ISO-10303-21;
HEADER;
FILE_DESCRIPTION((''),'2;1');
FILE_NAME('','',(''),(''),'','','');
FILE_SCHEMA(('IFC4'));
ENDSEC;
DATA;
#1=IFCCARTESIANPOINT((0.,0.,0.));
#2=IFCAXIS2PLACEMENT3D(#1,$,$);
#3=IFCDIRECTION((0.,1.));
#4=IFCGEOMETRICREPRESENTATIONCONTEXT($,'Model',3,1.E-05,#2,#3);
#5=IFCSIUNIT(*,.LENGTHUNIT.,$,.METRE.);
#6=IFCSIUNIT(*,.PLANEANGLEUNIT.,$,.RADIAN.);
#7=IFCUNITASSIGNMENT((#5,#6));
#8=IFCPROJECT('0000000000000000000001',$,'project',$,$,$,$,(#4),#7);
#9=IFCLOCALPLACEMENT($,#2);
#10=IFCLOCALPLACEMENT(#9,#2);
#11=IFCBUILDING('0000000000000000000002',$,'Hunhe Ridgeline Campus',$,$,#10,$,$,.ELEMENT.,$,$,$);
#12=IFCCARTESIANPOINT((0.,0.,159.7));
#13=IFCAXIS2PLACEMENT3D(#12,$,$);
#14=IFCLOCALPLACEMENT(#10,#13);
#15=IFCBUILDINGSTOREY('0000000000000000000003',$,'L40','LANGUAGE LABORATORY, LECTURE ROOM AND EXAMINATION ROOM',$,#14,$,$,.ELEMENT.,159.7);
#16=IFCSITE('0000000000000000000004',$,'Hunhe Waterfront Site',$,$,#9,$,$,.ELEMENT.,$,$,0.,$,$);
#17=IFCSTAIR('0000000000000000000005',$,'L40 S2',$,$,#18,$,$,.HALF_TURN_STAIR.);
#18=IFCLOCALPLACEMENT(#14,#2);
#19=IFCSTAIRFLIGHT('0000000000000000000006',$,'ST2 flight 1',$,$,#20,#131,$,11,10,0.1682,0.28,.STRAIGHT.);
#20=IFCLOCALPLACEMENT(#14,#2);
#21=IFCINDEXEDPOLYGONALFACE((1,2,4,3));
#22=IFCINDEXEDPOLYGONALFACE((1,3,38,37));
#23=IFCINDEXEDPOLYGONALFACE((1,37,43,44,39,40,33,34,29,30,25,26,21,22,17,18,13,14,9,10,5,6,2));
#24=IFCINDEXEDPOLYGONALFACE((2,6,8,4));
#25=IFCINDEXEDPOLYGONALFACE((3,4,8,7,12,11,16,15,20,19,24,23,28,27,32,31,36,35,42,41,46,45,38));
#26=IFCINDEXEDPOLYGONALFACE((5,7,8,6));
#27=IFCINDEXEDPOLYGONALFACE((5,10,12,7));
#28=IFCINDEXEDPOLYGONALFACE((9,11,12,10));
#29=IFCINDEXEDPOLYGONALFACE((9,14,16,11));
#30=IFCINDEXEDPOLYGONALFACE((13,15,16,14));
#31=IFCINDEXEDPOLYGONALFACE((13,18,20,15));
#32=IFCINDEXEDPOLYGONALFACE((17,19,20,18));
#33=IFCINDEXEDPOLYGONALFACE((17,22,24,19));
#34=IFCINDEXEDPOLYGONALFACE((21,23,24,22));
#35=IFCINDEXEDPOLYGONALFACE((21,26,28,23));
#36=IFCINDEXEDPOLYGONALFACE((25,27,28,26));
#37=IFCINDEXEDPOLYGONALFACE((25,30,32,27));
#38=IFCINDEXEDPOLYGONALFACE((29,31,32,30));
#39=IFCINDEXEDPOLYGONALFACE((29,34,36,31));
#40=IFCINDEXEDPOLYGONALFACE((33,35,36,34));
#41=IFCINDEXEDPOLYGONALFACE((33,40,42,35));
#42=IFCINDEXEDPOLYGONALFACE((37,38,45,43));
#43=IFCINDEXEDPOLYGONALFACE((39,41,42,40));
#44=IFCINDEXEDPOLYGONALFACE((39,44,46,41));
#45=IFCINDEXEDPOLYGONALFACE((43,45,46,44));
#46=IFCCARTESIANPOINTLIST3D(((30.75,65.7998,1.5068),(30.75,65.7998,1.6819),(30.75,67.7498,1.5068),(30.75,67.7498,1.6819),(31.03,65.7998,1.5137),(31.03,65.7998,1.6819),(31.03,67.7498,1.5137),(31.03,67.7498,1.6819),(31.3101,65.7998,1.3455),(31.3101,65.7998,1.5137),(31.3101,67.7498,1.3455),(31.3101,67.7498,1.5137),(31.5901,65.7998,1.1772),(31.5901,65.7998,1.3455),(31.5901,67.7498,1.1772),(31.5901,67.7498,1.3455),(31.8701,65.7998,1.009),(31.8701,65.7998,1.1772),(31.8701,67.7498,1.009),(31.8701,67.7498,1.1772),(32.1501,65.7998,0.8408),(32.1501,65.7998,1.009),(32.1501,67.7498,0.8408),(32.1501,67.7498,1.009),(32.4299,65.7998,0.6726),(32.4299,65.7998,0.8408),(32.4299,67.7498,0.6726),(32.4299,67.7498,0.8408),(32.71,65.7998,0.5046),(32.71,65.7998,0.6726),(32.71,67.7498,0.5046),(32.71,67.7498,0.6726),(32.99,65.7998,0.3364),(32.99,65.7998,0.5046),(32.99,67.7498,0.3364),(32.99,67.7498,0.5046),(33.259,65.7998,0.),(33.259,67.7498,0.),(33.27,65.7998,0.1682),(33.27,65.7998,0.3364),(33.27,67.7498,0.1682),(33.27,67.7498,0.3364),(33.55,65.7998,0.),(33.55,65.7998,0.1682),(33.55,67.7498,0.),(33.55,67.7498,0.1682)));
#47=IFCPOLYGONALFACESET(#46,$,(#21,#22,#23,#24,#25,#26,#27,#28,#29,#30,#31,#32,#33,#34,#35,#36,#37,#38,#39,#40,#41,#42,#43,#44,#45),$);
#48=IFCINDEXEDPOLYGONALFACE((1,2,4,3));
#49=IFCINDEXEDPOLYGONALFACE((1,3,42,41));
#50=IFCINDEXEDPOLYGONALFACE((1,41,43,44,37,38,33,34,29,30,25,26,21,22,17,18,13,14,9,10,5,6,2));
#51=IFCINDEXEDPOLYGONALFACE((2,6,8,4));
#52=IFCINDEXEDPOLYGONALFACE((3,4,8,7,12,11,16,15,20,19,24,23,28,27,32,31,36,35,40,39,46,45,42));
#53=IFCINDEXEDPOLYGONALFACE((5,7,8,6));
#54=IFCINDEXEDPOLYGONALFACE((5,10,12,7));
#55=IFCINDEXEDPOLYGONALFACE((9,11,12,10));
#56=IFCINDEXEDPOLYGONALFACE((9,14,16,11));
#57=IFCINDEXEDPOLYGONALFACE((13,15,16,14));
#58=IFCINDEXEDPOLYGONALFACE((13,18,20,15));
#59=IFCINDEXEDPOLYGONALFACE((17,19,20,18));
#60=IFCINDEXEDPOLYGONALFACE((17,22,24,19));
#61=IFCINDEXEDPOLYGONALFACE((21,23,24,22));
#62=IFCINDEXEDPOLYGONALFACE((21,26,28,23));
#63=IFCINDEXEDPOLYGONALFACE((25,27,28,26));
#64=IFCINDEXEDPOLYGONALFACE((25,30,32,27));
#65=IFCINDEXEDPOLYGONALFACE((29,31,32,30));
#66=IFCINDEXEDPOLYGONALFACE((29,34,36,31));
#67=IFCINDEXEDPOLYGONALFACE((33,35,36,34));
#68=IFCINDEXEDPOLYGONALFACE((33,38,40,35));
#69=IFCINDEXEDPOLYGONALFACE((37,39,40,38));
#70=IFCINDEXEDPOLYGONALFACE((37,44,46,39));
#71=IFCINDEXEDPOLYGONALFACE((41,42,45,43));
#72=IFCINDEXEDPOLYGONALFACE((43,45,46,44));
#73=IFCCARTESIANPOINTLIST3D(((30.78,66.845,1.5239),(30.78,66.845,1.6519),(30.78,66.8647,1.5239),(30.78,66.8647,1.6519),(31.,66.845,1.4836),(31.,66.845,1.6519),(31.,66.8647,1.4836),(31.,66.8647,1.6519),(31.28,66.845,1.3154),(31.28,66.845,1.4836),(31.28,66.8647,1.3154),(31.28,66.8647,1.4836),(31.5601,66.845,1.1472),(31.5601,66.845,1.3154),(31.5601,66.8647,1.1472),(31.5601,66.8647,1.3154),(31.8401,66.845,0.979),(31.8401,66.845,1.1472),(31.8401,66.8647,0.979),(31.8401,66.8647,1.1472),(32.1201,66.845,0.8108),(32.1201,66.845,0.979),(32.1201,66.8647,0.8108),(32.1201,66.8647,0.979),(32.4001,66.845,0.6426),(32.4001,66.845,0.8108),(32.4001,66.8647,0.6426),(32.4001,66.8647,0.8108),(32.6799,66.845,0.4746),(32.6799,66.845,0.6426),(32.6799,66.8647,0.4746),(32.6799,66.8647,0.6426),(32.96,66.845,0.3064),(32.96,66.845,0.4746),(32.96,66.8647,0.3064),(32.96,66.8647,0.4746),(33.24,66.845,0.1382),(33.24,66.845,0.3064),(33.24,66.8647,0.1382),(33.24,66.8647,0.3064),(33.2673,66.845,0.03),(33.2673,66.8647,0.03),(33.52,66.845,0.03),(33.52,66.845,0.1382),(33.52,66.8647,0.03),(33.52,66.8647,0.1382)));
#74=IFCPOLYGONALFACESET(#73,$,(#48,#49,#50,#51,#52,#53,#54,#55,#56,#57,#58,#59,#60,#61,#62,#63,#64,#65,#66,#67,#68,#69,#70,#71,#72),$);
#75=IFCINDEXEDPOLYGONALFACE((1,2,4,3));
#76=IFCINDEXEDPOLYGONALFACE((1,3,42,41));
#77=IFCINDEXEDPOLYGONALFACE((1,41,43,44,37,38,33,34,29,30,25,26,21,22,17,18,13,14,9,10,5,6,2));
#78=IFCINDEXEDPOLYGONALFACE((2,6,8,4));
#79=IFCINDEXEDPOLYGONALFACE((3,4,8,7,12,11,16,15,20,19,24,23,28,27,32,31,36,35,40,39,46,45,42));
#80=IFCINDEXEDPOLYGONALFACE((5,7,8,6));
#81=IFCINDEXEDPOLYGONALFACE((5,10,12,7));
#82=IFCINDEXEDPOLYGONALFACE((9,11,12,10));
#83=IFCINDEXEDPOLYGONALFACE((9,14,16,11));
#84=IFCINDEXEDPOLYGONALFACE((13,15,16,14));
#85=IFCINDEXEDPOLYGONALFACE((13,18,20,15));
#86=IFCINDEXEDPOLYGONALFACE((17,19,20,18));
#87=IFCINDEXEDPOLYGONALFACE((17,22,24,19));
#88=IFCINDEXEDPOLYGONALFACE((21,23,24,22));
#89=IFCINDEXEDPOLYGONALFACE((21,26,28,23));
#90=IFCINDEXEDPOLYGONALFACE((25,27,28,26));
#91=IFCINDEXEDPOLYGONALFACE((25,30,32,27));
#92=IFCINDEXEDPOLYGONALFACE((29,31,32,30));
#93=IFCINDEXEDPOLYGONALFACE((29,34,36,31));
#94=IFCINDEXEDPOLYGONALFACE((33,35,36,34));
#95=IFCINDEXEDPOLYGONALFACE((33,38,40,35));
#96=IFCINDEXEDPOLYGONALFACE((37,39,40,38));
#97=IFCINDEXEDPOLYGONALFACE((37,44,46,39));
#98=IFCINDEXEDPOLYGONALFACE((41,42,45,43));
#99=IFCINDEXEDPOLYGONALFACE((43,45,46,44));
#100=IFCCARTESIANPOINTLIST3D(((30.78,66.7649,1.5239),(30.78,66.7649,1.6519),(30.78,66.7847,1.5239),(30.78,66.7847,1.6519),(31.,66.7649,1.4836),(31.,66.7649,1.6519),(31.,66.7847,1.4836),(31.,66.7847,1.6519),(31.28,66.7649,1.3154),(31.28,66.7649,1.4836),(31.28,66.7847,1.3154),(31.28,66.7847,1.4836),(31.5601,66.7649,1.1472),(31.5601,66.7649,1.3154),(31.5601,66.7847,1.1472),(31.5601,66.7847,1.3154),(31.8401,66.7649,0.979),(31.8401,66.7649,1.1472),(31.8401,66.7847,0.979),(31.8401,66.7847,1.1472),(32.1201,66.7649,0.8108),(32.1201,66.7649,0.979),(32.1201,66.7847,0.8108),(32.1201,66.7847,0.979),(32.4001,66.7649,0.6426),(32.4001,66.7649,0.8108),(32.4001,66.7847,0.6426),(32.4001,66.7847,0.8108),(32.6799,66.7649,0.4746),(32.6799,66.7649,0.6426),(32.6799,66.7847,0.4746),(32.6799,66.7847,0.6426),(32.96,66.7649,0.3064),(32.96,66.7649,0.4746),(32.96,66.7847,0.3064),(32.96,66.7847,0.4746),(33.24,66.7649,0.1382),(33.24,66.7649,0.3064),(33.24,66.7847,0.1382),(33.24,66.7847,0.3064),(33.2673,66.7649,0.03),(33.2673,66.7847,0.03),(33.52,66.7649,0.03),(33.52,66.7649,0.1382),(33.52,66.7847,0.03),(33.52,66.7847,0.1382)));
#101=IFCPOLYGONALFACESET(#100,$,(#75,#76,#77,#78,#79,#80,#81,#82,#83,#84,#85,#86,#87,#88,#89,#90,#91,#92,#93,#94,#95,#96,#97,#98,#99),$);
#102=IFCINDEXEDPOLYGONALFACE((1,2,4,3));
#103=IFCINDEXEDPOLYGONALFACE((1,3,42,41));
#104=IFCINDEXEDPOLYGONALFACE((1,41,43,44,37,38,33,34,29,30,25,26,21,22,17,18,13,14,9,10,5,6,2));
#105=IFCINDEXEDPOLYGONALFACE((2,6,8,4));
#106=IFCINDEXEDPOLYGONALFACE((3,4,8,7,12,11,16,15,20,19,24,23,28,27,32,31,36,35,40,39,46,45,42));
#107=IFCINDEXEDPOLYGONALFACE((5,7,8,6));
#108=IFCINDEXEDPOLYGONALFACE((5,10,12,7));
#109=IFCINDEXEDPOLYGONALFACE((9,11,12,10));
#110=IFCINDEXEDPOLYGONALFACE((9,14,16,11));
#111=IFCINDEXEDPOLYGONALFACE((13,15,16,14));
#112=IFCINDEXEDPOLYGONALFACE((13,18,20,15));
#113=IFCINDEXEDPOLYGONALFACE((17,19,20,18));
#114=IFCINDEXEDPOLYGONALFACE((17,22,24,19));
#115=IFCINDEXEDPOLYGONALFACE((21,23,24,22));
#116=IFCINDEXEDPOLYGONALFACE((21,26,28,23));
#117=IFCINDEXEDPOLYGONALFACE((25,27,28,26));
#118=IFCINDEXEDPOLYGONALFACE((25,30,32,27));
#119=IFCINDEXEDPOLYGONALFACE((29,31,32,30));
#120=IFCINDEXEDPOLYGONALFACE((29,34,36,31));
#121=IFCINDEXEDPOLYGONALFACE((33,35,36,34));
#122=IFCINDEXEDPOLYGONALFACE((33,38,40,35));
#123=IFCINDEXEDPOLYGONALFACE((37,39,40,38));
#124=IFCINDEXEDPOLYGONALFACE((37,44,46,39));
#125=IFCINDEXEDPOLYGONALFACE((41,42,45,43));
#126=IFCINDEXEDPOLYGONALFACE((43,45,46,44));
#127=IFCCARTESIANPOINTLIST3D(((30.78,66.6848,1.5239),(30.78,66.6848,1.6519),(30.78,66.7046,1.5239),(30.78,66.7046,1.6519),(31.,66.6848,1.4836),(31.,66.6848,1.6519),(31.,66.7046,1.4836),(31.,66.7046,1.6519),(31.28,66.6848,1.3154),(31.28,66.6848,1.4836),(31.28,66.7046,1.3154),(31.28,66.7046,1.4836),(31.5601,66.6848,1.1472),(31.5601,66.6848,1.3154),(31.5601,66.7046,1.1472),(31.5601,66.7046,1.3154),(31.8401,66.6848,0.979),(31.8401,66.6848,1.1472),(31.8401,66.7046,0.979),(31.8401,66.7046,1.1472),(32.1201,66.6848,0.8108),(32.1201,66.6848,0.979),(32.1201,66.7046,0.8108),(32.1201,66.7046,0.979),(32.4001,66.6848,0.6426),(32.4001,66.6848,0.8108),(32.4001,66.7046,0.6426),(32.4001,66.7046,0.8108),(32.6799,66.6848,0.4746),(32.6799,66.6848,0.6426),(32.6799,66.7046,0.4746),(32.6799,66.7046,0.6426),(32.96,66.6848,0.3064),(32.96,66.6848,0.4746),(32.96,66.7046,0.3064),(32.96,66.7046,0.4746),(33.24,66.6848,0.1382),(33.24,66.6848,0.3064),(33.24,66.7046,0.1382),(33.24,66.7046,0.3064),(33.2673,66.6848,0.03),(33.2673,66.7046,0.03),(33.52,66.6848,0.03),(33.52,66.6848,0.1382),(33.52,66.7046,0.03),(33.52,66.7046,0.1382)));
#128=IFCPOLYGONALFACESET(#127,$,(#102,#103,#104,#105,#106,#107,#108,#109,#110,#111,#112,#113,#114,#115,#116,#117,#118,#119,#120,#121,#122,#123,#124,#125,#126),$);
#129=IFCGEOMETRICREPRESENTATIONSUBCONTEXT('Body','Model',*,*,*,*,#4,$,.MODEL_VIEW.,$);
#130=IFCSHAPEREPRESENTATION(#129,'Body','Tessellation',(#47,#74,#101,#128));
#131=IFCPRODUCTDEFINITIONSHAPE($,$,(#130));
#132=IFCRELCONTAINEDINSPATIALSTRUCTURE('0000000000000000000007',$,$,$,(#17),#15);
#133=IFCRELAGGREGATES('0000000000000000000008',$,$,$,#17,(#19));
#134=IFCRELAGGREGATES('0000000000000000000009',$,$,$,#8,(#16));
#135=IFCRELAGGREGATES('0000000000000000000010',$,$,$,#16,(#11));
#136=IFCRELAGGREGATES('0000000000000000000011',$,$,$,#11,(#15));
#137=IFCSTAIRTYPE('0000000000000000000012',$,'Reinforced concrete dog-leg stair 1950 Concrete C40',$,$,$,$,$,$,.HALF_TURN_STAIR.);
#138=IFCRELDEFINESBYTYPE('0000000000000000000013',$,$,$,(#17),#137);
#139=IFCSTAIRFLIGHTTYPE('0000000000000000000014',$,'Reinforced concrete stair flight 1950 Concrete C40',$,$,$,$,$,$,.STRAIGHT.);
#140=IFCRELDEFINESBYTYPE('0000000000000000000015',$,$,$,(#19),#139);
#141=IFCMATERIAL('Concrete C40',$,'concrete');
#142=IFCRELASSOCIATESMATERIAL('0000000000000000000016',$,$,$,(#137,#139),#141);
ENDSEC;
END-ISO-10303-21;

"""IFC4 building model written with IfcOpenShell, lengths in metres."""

from ifc_helpers import new_model, si_unit, direction, frame, origin, place, context, subcontext, project, spatial, polyline, outline, extrude, material, type_object, element, aggregate, save


model = new_model("IFC4")

# Units and contexts
model_context = context("Model", 3, precision=1e-05, world=origin(), true_north=direction((0.0, 1.0)))
body_context = subcontext(model_context, "Body", "Model", "MODEL_VIEW")
ifc_project = project(units=[si_unit("LENGTHUNIT", "METRE"), si_unit("PLANEANGLEUNIT", "RADIAN")], contexts=[model_context])

# Site, building, storey
site_placement = place(None, origin())
site = spatial("IfcSite", under=ifc_project, at=site_placement, Name="Hunhe Waterfront Site", CompositionType="ELEMENT", RefElevation=0.0)
building_placement = place(site_placement, origin())
building = spatial("IfcBuilding", under=site, at=building_placement, Name="Hunhe Ridgeline Campus", CompositionType="ELEMENT")
storey_placement = place(building_placement, frame((0.0, 0.0, 159.7)))
storey = spatial("IfcBuildingStorey", under=building, at=storey_placement, Name="L40", Description="LANGUAGE LABORATORY, LECTURE ROOM AND EXAMINATION ROOM", CompositionType="ELEMENT", Elevation=159.7)

# Stair, stair flight
ifc_material_1 = material(Name="Concrete C40", Category="concrete")
stair_type = type_object("IfcStairType", Name="Reinforced concrete dog-leg stair 1950 Concrete C40", PredefinedType="HALF_TURN_STAIR", material=ifc_material_1)
stair_placement = place(storey_placement, origin())
stair = element("IfcStair", 1, at=stair_placement, inside=storey, type_object=stair_type, Name="L40 S2", PredefinedType="HALF_TURN_STAIR")
stair_flight_type = type_object("IfcStairFlightType", Name="Reinforced concrete stair flight 1950 Concrete C40", PredefinedType="STRAIGHT", material=ifc_material_1)
stair_flight_placement = place(storey_placement, frame((33.55, 66.7749, 0.0), z_axis=(0.0, 0.0, 1.0), x_axis=(-1.0, 0.0, 0.0)))
stair_flight = element("IfcStairFlight", 2, at=stair_flight_placement, type_object=stair_flight_type, Name="ST2 flight 1", NumberOfRisers=11, NumberOfTreads=10, PredefinedType="STRAIGHT", RiserHeight=0.1682, TreadLength=0.28, context=body_context, shape_type="SweptSolid", body=[
    extrude(outline(polyline([(0.0, 0.0), (0.0, 0.1682), (0.28, 0.1682), (0.28, 0.3364), (0.5601, 0.3364), (0.5601, 0.5046), (0.8401, 0.5046), (0.8401, 0.6726), (1.1201, 0.6726), (1.1201, 0.8408), (1.3999, 0.8408), (1.3999, 1.009), (1.6799, 1.009), (1.6799, 1.1772), (1.96, 1.1772), (1.96, 1.3455), (2.24, 1.3455), (2.24, 1.5137), (2.52, 1.5137), (2.52, 1.6819), (2.8, 1.6819), (2.8, 1.8501), (2.8, 1.5068), (0.291, 0.0), (0.0, 0.0)])), frame((0.0, 0.9751, 0.0), z_axis=(0.0, -1.0, 0.0), x_axis=(1.0, 0.0, 0.0)), (0.0, 0.0, 1.0), 1.95),
    extrude(outline(polyline([(0.03, 0.03), (0.03, 0.1382), (0.3101, 0.1382), (0.3101, 0.3064), (0.5901, 0.3064), (0.5901, 0.4746), (0.8701, 0.4746), (0.8701, 0.6426), (1.1499, 0.6426), (1.1499, 0.8108), (1.4299, 0.8108), (1.4299, 0.979), (1.71, 0.979), (1.71, 1.1472), (1.99, 1.1472), (1.99, 1.3154), (2.27, 1.3154), (2.27, 1.4836), (2.55, 1.4836), (2.55, 1.6519), (2.77, 1.6519), (2.77, 1.5239), (0.2827, 0.03), (0.03, 0.03)])), frame((0.0, -0.0701, 0.0), z_axis=(0.0, -1.0, 0.0), x_axis=(1.0, 0.0, 0.0)), (0.0, 0.0, 1.0), 0.0198),
    extrude(outline(polyline([(0.03, 0.03), (0.03, 0.1382), (0.3101, 0.1382), (0.3101, 0.3064), (0.5901, 0.3064), (0.5901, 0.4746), (0.8701, 0.4746), (0.8701, 0.6426), (1.1499, 0.6426), (1.1499, 0.8108), (1.4299, 0.8108), (1.4299, 0.979), (1.71, 0.979), (1.71, 1.1472), (1.99, 1.1472), (1.99, 1.3154), (2.27, 1.3154), (2.27, 1.4836), (2.55, 1.4836), (2.55, 1.6519), (2.77, 1.6519), (2.77, 1.5239), (0.2827, 0.03), (0.03, 0.03)])), frame((0.0, 0.01, 0.0), z_axis=(0.0, -1.0, 0.0), x_axis=(1.0, 0.0, 0.0)), (0.0, 0.0, 1.0), 0.0198),
    extrude(outline(polyline([(0.03, 0.03), (0.03, 0.1382), (0.3101, 0.1382), (0.3101, 0.3064), (0.5901, 0.3064), (0.5901, 0.4746), (0.8701, 0.4746), (0.8701, 0.6426), (1.1499, 0.6426), (1.1499, 0.8108), (1.4299, 0.8108), (1.4299, 0.979), (1.71, 0.979), (1.71, 1.1472), (1.99, 1.1472), (1.99, 1.3154), (2.27, 1.3154), (2.27, 1.4836), (2.55, 1.4836), (2.55, 1.6519), (2.77, 1.6519), (2.77, 1.5239), (0.2827, 0.03), (0.03, 0.03)])), frame((0.0, 0.0901, 0.0), z_axis=(0.0, -1.0, 0.0), x_axis=(1.0, 0.0, 0.0)), (0.0, 0.0, 1.0), 0.0198),
])
aggregate(stair, [stair_flight])

save(model, "model.ifc")
